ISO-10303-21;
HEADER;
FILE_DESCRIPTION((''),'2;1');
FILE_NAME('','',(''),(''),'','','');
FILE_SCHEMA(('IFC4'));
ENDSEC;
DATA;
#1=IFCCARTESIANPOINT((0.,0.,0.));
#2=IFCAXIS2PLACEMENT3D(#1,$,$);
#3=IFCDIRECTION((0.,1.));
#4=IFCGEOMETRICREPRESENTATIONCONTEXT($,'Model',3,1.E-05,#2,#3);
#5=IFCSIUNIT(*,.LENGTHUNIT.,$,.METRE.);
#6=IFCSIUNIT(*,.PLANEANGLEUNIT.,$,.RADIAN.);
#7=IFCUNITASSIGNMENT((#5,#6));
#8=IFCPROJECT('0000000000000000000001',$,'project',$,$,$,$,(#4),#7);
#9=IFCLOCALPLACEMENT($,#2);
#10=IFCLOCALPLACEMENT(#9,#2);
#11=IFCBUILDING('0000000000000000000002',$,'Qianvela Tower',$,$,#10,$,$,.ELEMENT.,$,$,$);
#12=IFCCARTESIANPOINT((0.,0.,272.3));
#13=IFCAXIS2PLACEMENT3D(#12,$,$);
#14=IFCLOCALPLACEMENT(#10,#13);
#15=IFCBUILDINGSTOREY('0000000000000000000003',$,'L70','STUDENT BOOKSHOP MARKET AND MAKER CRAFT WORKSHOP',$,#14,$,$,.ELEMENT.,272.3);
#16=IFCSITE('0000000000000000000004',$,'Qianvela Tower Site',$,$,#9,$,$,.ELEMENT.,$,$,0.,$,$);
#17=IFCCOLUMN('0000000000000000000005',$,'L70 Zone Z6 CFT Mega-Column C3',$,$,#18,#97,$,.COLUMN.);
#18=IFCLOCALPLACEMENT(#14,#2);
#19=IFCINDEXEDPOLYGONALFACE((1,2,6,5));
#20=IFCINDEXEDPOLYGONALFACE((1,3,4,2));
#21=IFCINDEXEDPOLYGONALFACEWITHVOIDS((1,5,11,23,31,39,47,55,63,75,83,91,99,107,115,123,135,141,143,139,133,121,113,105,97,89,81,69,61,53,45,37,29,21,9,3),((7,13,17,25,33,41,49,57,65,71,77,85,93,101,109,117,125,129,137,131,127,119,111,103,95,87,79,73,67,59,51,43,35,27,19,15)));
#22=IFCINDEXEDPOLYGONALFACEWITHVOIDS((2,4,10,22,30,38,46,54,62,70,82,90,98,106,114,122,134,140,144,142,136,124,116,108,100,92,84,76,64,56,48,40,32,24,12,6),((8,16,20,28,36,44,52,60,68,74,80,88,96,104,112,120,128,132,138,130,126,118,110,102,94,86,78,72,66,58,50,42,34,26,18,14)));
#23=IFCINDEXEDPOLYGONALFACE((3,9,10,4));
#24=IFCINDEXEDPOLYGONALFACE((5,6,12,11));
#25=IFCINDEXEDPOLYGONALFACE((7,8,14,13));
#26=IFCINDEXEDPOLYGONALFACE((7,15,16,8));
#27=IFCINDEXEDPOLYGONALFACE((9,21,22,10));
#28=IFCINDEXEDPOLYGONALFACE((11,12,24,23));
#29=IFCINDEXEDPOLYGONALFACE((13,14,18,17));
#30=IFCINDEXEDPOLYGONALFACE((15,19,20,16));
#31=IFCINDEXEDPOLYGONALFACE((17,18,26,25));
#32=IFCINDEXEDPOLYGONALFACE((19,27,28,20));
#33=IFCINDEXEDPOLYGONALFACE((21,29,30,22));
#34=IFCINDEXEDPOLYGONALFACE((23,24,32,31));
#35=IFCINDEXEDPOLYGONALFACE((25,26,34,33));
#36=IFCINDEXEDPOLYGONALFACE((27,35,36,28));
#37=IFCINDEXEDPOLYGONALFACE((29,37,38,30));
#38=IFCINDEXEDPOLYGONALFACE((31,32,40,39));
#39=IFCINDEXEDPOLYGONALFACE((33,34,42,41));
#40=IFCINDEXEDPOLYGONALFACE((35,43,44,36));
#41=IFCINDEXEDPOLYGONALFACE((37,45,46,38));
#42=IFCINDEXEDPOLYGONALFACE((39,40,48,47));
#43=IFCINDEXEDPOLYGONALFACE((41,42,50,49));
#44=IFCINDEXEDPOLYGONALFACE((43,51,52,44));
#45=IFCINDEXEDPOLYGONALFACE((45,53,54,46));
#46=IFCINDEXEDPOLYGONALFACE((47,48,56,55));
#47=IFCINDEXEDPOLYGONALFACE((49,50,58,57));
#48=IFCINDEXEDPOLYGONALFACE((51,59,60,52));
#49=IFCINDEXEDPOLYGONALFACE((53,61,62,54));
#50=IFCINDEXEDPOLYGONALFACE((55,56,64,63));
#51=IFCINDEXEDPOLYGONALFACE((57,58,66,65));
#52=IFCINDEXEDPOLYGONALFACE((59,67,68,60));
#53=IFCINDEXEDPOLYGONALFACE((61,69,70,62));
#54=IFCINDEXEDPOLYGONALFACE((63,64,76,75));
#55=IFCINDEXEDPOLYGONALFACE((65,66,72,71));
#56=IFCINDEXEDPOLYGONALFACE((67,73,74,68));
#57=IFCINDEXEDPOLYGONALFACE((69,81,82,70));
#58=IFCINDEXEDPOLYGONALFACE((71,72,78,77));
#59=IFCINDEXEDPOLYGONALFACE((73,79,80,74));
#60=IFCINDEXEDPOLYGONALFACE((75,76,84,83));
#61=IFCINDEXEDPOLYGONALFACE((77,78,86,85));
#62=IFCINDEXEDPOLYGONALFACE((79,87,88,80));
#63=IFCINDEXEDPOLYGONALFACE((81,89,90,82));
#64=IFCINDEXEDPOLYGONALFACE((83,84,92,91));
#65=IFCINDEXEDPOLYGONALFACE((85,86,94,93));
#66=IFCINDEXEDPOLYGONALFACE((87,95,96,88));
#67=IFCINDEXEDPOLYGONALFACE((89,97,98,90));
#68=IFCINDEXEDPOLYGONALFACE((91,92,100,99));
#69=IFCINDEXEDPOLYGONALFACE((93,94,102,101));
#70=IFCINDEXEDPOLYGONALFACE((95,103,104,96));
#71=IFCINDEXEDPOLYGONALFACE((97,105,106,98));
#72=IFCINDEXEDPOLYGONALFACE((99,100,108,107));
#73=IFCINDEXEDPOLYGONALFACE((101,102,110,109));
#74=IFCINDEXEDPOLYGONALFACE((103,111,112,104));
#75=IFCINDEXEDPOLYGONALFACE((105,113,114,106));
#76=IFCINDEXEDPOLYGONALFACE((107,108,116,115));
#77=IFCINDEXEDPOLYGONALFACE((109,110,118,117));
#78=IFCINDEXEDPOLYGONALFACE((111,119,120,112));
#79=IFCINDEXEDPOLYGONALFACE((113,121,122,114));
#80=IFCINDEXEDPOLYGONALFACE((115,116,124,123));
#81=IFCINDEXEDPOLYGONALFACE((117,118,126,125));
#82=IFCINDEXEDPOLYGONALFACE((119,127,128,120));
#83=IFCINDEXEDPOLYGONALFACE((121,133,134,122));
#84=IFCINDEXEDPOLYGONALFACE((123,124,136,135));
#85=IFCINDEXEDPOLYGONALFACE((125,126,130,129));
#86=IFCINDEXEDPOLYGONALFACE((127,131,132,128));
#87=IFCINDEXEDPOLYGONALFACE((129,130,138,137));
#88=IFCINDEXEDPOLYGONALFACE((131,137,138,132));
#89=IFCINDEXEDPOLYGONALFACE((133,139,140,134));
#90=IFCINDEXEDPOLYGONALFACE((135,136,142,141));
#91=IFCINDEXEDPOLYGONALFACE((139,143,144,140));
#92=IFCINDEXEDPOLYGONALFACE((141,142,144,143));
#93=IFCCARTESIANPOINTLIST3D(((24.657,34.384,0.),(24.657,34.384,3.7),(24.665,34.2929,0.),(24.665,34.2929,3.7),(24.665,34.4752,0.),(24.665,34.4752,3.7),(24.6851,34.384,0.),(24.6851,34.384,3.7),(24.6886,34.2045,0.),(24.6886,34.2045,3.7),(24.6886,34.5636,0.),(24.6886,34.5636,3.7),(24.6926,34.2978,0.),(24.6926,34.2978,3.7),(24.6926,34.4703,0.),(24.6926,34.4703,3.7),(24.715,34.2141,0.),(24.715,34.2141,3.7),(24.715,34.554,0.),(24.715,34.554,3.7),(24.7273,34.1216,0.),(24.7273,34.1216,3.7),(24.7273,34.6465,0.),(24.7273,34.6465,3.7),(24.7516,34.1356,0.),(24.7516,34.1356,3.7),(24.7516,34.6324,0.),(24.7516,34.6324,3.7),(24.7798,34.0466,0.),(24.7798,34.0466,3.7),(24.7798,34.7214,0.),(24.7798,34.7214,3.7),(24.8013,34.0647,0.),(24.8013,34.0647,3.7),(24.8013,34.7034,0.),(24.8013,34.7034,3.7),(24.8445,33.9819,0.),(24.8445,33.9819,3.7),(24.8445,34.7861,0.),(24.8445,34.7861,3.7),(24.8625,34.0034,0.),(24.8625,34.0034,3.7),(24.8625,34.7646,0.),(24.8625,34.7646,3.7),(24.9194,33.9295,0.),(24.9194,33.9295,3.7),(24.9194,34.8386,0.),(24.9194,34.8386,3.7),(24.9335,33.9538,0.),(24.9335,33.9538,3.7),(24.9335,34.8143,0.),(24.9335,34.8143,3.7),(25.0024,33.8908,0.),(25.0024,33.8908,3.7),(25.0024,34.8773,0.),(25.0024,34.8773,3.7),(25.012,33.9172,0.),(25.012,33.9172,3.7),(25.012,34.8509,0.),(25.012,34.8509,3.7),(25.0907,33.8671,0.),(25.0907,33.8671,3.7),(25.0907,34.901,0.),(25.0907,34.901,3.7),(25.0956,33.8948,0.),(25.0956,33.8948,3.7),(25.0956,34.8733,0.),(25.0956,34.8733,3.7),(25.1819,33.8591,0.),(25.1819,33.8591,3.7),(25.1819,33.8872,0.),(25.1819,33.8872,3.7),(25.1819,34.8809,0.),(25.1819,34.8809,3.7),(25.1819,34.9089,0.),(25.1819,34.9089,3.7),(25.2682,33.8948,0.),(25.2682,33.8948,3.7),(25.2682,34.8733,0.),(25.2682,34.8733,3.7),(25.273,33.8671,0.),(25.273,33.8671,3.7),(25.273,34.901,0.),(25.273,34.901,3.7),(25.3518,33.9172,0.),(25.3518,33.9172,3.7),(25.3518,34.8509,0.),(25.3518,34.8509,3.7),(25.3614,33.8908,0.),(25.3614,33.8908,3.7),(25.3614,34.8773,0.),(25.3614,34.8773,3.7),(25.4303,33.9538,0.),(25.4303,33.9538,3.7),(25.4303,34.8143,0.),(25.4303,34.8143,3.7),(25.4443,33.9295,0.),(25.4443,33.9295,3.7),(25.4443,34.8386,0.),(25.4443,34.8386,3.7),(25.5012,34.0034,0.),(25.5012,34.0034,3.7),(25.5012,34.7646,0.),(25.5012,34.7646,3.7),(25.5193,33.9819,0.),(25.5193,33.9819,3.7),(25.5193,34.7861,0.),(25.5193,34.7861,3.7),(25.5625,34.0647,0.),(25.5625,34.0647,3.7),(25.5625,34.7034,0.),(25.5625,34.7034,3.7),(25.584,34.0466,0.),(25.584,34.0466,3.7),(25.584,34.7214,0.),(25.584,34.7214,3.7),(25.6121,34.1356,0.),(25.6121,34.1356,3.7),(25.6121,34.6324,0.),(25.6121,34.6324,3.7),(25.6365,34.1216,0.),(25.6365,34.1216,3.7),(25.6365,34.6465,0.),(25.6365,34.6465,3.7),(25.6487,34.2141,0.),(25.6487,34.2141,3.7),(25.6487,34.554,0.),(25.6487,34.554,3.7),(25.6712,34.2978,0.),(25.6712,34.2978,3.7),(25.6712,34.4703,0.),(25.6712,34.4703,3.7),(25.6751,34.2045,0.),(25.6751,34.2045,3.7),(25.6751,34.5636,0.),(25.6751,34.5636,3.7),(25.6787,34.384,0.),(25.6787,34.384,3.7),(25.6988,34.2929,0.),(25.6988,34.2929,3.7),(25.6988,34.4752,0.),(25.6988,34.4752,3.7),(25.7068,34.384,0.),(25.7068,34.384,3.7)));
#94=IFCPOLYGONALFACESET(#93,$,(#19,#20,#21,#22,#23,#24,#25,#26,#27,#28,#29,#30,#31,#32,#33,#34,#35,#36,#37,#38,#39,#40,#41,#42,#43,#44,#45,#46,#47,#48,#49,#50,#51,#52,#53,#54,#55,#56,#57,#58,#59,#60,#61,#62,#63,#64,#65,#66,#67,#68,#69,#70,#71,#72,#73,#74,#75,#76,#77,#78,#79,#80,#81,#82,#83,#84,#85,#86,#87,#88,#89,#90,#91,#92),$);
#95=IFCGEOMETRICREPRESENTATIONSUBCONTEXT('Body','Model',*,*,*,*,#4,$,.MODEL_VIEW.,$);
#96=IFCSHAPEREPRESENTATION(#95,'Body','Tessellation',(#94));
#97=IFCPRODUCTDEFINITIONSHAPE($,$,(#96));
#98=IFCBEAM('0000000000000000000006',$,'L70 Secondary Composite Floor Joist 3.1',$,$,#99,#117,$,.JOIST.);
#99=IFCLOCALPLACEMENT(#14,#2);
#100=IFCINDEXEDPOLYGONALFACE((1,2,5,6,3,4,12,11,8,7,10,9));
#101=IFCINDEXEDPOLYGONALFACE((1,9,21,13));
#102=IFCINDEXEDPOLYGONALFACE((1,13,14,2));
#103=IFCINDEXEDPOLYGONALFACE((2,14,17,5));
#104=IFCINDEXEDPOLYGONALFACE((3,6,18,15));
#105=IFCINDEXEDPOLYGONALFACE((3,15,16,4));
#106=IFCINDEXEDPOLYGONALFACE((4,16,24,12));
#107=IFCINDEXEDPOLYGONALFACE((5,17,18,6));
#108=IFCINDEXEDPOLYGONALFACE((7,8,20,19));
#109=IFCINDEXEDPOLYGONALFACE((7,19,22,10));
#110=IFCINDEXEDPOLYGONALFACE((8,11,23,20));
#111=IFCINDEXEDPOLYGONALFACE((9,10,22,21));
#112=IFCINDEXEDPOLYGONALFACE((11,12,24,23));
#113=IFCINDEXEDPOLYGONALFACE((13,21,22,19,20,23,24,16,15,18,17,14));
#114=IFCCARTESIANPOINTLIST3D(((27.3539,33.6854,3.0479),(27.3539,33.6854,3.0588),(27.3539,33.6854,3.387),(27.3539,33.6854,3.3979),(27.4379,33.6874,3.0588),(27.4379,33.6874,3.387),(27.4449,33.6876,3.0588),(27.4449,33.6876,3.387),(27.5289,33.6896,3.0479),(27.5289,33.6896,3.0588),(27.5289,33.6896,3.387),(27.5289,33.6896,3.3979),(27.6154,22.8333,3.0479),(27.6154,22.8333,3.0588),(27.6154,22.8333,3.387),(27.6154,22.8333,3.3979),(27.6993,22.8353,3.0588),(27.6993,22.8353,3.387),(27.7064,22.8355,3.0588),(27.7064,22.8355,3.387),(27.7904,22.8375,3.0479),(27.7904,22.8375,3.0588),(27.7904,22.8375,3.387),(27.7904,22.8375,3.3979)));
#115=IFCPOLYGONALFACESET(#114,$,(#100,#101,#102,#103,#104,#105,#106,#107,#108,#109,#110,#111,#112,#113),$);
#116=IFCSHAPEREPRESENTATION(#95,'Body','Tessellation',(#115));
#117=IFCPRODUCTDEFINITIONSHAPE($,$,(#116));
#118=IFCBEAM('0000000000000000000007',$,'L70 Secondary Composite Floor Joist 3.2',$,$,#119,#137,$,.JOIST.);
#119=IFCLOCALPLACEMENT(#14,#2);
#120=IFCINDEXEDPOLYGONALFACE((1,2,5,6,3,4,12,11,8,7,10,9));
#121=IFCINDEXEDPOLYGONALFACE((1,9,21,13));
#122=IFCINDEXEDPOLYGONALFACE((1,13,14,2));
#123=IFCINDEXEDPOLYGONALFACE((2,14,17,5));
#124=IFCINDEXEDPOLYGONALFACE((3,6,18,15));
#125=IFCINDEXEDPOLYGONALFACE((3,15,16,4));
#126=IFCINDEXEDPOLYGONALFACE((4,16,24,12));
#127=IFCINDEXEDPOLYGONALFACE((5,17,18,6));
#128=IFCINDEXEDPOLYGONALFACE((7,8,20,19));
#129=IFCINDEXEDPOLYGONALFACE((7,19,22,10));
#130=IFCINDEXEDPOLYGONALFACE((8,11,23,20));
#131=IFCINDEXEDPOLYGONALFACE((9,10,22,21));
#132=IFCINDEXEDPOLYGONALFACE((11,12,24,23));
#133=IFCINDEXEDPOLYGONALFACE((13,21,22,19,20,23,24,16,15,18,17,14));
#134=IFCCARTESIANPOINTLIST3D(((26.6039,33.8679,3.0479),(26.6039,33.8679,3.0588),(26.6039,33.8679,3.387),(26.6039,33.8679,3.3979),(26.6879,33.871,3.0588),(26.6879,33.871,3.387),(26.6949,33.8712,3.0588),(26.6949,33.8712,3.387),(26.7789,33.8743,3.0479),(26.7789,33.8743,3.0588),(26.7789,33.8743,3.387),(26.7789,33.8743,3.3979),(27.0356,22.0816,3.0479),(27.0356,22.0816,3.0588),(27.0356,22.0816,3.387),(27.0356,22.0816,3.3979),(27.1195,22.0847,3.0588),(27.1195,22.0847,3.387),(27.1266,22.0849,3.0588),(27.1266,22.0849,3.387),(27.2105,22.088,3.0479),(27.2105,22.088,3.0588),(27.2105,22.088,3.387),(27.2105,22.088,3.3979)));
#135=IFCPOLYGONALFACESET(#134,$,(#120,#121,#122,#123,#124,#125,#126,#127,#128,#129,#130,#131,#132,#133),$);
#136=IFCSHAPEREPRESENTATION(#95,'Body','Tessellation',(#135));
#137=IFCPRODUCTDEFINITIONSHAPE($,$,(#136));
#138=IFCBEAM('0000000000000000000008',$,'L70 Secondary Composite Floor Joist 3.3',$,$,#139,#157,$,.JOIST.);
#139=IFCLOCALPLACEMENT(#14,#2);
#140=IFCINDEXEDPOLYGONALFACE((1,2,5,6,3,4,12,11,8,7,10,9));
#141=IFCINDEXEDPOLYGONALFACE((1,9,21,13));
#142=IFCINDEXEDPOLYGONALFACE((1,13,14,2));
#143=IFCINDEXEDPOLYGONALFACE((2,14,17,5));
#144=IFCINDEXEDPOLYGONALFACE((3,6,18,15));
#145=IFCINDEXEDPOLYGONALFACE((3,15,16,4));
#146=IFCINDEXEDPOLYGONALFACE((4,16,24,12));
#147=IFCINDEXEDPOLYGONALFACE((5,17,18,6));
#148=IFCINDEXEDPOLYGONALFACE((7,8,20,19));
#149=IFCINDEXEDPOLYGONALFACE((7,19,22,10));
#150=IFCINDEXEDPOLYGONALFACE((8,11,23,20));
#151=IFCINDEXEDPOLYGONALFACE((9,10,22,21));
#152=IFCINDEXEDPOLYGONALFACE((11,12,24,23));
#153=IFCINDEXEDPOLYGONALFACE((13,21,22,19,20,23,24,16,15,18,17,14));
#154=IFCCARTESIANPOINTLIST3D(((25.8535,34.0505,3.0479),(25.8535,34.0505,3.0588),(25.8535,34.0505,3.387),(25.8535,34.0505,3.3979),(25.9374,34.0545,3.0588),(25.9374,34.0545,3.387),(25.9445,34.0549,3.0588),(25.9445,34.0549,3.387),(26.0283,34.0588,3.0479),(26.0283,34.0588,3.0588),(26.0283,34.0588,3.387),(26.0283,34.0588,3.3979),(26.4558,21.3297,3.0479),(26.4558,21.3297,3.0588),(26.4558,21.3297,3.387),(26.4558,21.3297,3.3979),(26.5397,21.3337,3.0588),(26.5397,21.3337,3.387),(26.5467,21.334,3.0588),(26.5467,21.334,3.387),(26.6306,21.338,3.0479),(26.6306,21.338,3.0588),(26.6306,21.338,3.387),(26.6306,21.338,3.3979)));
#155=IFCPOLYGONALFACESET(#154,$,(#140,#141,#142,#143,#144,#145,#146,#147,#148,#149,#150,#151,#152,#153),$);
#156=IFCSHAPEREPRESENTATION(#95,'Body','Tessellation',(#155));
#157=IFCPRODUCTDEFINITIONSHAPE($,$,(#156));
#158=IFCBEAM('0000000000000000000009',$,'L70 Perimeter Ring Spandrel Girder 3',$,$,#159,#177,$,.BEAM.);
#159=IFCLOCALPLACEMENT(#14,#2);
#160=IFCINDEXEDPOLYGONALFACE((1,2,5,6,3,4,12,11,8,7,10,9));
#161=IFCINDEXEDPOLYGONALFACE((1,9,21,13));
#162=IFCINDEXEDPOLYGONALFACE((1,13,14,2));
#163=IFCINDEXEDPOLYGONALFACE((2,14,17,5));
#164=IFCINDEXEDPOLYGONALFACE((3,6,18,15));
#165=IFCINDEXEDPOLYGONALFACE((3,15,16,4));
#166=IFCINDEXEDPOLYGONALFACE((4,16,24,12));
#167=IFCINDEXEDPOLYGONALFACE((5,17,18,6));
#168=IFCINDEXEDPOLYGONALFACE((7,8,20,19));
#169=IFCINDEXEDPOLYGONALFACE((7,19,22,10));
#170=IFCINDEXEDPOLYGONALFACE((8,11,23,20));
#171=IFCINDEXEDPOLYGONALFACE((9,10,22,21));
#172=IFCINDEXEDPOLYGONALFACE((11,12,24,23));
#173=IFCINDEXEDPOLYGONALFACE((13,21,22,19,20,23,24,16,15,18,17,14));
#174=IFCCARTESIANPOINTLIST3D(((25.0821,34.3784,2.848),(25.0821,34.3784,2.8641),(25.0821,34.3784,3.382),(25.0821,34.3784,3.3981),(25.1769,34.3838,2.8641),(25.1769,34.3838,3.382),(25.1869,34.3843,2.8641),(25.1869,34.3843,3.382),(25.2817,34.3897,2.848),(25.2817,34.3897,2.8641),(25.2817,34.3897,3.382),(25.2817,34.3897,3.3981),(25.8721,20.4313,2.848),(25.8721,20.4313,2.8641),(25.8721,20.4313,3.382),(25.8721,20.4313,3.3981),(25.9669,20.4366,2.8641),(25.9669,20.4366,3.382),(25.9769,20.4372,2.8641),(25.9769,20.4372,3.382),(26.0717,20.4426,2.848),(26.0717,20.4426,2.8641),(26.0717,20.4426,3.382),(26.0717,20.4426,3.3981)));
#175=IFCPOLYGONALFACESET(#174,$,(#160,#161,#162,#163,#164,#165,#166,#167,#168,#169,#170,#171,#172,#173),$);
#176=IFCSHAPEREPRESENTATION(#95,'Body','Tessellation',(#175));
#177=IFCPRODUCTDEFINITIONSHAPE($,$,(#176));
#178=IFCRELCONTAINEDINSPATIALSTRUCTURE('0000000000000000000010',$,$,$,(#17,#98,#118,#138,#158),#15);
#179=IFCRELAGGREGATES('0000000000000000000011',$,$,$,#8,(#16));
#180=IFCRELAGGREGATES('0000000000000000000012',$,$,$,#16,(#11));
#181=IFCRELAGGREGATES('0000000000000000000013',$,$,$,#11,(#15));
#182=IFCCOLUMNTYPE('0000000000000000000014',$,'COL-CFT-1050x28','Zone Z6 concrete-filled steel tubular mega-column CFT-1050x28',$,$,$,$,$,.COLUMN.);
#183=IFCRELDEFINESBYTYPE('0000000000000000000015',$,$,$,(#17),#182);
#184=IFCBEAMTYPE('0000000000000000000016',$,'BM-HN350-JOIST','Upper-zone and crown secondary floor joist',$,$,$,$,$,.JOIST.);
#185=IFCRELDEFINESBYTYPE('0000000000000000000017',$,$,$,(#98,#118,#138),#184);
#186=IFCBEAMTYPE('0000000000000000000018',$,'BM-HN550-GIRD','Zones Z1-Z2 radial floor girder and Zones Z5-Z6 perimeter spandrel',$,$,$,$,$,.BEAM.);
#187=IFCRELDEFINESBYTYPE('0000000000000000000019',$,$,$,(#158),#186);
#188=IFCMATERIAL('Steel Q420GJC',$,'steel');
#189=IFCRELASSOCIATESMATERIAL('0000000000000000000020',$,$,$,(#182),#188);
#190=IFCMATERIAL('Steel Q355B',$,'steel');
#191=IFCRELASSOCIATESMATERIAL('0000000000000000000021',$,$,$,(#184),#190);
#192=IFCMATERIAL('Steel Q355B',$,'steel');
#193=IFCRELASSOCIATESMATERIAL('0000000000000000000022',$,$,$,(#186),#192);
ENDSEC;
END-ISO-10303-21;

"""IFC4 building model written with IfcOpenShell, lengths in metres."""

from ifc_helpers import new_model, si_unit, direction, frame, origin, origin_2d, place, context, subcontext, project, spatial, hollow_circle, i_section, extrude, material, material_profile, profile_set, type_object, element, save


model = new_model("IFC4")

# Units and contexts
model_context = context("Model", 3, precision=1e-05, world=origin(), true_north=direction((0.0, 1.0)))
body_context = subcontext(model_context, "Body", "Model", "MODEL_VIEW")
ifc_project = project(units=[si_unit("LENGTHUNIT", "METRE"), si_unit("PLANEANGLEUNIT", "RADIAN")], contexts=[model_context])

# Site, building, storey
site_placement = place(None, origin())
site = spatial("IfcSite", under=ifc_project, at=site_placement, Name="Qianvela Tower Site", CompositionType="ELEMENT", RefElevation=0.0)
building_placement = place(site_placement, origin())
building = spatial("IfcBuilding", under=site, at=building_placement, Name="Qianvela Tower", CompositionType="ELEMENT")
storey_placement = place(building_placement, frame((0.0, 0.0, 272.3)))
storey = spatial("IfcBuildingStorey", under=building, at=storey_placement, Name="L70", Description="STUDENT BOOKSHOP MARKET AND MAKER CRAFT WORKSHOP", CompositionType="ELEMENT", Elevation=272.3)

# Column
ifc_material_1 = material(Name="Steel Q420GJC", Category="steel")
ifc_material_profile_1 = material_profile(ifc_material_1, hollow_circle(Radius=0.5249, WallThickness=0.0281, at=origin_2d()), Name="CFT-1050x28")
ifc_profile_set_1 = profile_set([ifc_material_profile_1], Name="Steel Q420GJC")
column_type = type_object("IfcColumnType", Name="COL-CFT-1050x28", Description="Zone Z6 concrete-filled steel tubular mega-column CFT-1050x28", PredefinedType="COLUMN", material=ifc_profile_set_1)
column_placement = place(storey_placement, frame((25.1819, 34.384, 0.0), z_axis=(0.0, 0.0, 1.0), x_axis=(1.0, 0.0, 0.0)))
element("IfcColumn", 1, at=column_placement, inside=storey, type_object=column_type, Name="L70 Zone Z6 CFT Mega-Column C3", PredefinedType="COLUMN", context=body_context, shape_type="SweptSolid", body=[
    extrude(hollow_circle(Radius=0.5249, WallThickness=0.0281, at=origin_2d()), origin(), (0.0, 0.0, 1.0), 3.7),
])

# Beams
ifc_material_2 = material(Name="Steel Q355B", Category="steel")
ifc_material_profile_2 = material_profile(ifc_material_2, i_section(OverallWidth=0.175, OverallDepth=0.3501, WebThickness=0.0071, FlangeThickness=0.011, at=origin_2d()), Name="HN350x175x7x11")
ifc_profile_set_2 = profile_set([ifc_material_profile_2], Name="Steel Q355B")
beam_type_1 = type_object("IfcBeamType", Name="BM-HN350-JOIST", Description="Upper-zone and crown secondary floor joist", PredefinedType="JOIST", material=ifc_profile_set_2)
beam_1_placement = place(storey_placement, frame((27.4414, 33.6875, 3.2229), z_axis=(0.024087, -0.99971, 0.0), x_axis=(0.99971, 0.024087, 0.0)))
element("IfcBeam", 2, at=beam_1_placement, inside=storey, type_object=beam_type_1, Name="L70 Secondary Composite Floor Joist 3.1", PredefinedType="JOIST", context=body_context, shape_type="SweptSolid", body=[
    extrude(i_section(OverallWidth=0.175, OverallDepth=0.3501, WebThickness=0.0071, FlangeThickness=0.011, at=origin_2d()), origin(), (0.0, 0.0, 1.0), 10.8552),
])
beam_2_placement = place(storey_placement, frame((26.6914, 33.8711, 3.2229), z_axis=(0.036597, -0.99933, 0.0), x_axis=(0.99933, 0.036597, 0.0)))
element("IfcBeam", 3, at=beam_2_placement, inside=storey, type_object=beam_type_1, Name="L70 Secondary Composite Floor Joist 3.2", PredefinedType="JOIST", context=body_context, shape_type="SweptSolid", body=[
    extrude(i_section(OverallWidth=0.175, OverallDepth=0.3501, WebThickness=0.0071, FlangeThickness=0.011, at=origin_2d()), origin(), (0.0, 0.0, 1.0), 11.7942),
])
beam_3_placement = place(storey_placement, frame((25.9409, 34.0547, 3.2229), z_axis=(0.047294, -0.998881, 0.0), x_axis=(0.998881, 0.047294, 0.0)))
element("IfcBeam", 4, at=beam_3_placement, inside=storey, type_object=beam_type_1, Name="L70 Secondary Composite Floor Joist 3.3", PredefinedType="JOIST", context=body_context, shape_type="SweptSolid", body=[
    extrude(i_section(OverallWidth=0.175, OverallDepth=0.3501, WebThickness=0.0071, FlangeThickness=0.011, at=origin_2d()), origin(), (0.0, 0.0, 1.0), 12.7351),
])
ifc_material_3 = material(Name="Steel Q355B", Category="steel")
ifc_material_profile_3 = material_profile(ifc_material_3, i_section(OverallWidth=0.2, OverallDepth=0.55, WebThickness=0.01, FlangeThickness=0.0161, at=origin_2d()), Name="HN550x200x10x16")
ifc_profile_set_3 = profile_set([ifc_material_profile_3], Name="Steel Q355B")
beam_type_2 = type_object("IfcBeamType", Name="BM-HN550-GIRD", Description="Zones Z1-Z2 radial floor girder and Zones Z5-Z6 perimeter spandrel", PredefinedType="BEAM", material=ifc_profile_set_3)
beam_4_placement = place(storey_placement, frame((25.1819, 34.384, 3.123), z_axis=(0.056555, -0.998399, 0.0), x_axis=(0.998399, 0.056555, 0.0)))
element("IfcBeam", 5, at=beam_4_placement, inside=storey, type_object=beam_type_2, Name="L70 Perimeter Ring Spandrel Girder 3", PredefinedType="BEAM", context=body_context, shape_type="SweptSolid", body=[
    extrude(i_section(OverallWidth=0.2, OverallDepth=0.55, WebThickness=0.01, FlangeThickness=0.0161, at=origin_2d()), origin(), (0.0, 0.0, 1.0), 13.9695),
])

save(model, "model.ifc")
